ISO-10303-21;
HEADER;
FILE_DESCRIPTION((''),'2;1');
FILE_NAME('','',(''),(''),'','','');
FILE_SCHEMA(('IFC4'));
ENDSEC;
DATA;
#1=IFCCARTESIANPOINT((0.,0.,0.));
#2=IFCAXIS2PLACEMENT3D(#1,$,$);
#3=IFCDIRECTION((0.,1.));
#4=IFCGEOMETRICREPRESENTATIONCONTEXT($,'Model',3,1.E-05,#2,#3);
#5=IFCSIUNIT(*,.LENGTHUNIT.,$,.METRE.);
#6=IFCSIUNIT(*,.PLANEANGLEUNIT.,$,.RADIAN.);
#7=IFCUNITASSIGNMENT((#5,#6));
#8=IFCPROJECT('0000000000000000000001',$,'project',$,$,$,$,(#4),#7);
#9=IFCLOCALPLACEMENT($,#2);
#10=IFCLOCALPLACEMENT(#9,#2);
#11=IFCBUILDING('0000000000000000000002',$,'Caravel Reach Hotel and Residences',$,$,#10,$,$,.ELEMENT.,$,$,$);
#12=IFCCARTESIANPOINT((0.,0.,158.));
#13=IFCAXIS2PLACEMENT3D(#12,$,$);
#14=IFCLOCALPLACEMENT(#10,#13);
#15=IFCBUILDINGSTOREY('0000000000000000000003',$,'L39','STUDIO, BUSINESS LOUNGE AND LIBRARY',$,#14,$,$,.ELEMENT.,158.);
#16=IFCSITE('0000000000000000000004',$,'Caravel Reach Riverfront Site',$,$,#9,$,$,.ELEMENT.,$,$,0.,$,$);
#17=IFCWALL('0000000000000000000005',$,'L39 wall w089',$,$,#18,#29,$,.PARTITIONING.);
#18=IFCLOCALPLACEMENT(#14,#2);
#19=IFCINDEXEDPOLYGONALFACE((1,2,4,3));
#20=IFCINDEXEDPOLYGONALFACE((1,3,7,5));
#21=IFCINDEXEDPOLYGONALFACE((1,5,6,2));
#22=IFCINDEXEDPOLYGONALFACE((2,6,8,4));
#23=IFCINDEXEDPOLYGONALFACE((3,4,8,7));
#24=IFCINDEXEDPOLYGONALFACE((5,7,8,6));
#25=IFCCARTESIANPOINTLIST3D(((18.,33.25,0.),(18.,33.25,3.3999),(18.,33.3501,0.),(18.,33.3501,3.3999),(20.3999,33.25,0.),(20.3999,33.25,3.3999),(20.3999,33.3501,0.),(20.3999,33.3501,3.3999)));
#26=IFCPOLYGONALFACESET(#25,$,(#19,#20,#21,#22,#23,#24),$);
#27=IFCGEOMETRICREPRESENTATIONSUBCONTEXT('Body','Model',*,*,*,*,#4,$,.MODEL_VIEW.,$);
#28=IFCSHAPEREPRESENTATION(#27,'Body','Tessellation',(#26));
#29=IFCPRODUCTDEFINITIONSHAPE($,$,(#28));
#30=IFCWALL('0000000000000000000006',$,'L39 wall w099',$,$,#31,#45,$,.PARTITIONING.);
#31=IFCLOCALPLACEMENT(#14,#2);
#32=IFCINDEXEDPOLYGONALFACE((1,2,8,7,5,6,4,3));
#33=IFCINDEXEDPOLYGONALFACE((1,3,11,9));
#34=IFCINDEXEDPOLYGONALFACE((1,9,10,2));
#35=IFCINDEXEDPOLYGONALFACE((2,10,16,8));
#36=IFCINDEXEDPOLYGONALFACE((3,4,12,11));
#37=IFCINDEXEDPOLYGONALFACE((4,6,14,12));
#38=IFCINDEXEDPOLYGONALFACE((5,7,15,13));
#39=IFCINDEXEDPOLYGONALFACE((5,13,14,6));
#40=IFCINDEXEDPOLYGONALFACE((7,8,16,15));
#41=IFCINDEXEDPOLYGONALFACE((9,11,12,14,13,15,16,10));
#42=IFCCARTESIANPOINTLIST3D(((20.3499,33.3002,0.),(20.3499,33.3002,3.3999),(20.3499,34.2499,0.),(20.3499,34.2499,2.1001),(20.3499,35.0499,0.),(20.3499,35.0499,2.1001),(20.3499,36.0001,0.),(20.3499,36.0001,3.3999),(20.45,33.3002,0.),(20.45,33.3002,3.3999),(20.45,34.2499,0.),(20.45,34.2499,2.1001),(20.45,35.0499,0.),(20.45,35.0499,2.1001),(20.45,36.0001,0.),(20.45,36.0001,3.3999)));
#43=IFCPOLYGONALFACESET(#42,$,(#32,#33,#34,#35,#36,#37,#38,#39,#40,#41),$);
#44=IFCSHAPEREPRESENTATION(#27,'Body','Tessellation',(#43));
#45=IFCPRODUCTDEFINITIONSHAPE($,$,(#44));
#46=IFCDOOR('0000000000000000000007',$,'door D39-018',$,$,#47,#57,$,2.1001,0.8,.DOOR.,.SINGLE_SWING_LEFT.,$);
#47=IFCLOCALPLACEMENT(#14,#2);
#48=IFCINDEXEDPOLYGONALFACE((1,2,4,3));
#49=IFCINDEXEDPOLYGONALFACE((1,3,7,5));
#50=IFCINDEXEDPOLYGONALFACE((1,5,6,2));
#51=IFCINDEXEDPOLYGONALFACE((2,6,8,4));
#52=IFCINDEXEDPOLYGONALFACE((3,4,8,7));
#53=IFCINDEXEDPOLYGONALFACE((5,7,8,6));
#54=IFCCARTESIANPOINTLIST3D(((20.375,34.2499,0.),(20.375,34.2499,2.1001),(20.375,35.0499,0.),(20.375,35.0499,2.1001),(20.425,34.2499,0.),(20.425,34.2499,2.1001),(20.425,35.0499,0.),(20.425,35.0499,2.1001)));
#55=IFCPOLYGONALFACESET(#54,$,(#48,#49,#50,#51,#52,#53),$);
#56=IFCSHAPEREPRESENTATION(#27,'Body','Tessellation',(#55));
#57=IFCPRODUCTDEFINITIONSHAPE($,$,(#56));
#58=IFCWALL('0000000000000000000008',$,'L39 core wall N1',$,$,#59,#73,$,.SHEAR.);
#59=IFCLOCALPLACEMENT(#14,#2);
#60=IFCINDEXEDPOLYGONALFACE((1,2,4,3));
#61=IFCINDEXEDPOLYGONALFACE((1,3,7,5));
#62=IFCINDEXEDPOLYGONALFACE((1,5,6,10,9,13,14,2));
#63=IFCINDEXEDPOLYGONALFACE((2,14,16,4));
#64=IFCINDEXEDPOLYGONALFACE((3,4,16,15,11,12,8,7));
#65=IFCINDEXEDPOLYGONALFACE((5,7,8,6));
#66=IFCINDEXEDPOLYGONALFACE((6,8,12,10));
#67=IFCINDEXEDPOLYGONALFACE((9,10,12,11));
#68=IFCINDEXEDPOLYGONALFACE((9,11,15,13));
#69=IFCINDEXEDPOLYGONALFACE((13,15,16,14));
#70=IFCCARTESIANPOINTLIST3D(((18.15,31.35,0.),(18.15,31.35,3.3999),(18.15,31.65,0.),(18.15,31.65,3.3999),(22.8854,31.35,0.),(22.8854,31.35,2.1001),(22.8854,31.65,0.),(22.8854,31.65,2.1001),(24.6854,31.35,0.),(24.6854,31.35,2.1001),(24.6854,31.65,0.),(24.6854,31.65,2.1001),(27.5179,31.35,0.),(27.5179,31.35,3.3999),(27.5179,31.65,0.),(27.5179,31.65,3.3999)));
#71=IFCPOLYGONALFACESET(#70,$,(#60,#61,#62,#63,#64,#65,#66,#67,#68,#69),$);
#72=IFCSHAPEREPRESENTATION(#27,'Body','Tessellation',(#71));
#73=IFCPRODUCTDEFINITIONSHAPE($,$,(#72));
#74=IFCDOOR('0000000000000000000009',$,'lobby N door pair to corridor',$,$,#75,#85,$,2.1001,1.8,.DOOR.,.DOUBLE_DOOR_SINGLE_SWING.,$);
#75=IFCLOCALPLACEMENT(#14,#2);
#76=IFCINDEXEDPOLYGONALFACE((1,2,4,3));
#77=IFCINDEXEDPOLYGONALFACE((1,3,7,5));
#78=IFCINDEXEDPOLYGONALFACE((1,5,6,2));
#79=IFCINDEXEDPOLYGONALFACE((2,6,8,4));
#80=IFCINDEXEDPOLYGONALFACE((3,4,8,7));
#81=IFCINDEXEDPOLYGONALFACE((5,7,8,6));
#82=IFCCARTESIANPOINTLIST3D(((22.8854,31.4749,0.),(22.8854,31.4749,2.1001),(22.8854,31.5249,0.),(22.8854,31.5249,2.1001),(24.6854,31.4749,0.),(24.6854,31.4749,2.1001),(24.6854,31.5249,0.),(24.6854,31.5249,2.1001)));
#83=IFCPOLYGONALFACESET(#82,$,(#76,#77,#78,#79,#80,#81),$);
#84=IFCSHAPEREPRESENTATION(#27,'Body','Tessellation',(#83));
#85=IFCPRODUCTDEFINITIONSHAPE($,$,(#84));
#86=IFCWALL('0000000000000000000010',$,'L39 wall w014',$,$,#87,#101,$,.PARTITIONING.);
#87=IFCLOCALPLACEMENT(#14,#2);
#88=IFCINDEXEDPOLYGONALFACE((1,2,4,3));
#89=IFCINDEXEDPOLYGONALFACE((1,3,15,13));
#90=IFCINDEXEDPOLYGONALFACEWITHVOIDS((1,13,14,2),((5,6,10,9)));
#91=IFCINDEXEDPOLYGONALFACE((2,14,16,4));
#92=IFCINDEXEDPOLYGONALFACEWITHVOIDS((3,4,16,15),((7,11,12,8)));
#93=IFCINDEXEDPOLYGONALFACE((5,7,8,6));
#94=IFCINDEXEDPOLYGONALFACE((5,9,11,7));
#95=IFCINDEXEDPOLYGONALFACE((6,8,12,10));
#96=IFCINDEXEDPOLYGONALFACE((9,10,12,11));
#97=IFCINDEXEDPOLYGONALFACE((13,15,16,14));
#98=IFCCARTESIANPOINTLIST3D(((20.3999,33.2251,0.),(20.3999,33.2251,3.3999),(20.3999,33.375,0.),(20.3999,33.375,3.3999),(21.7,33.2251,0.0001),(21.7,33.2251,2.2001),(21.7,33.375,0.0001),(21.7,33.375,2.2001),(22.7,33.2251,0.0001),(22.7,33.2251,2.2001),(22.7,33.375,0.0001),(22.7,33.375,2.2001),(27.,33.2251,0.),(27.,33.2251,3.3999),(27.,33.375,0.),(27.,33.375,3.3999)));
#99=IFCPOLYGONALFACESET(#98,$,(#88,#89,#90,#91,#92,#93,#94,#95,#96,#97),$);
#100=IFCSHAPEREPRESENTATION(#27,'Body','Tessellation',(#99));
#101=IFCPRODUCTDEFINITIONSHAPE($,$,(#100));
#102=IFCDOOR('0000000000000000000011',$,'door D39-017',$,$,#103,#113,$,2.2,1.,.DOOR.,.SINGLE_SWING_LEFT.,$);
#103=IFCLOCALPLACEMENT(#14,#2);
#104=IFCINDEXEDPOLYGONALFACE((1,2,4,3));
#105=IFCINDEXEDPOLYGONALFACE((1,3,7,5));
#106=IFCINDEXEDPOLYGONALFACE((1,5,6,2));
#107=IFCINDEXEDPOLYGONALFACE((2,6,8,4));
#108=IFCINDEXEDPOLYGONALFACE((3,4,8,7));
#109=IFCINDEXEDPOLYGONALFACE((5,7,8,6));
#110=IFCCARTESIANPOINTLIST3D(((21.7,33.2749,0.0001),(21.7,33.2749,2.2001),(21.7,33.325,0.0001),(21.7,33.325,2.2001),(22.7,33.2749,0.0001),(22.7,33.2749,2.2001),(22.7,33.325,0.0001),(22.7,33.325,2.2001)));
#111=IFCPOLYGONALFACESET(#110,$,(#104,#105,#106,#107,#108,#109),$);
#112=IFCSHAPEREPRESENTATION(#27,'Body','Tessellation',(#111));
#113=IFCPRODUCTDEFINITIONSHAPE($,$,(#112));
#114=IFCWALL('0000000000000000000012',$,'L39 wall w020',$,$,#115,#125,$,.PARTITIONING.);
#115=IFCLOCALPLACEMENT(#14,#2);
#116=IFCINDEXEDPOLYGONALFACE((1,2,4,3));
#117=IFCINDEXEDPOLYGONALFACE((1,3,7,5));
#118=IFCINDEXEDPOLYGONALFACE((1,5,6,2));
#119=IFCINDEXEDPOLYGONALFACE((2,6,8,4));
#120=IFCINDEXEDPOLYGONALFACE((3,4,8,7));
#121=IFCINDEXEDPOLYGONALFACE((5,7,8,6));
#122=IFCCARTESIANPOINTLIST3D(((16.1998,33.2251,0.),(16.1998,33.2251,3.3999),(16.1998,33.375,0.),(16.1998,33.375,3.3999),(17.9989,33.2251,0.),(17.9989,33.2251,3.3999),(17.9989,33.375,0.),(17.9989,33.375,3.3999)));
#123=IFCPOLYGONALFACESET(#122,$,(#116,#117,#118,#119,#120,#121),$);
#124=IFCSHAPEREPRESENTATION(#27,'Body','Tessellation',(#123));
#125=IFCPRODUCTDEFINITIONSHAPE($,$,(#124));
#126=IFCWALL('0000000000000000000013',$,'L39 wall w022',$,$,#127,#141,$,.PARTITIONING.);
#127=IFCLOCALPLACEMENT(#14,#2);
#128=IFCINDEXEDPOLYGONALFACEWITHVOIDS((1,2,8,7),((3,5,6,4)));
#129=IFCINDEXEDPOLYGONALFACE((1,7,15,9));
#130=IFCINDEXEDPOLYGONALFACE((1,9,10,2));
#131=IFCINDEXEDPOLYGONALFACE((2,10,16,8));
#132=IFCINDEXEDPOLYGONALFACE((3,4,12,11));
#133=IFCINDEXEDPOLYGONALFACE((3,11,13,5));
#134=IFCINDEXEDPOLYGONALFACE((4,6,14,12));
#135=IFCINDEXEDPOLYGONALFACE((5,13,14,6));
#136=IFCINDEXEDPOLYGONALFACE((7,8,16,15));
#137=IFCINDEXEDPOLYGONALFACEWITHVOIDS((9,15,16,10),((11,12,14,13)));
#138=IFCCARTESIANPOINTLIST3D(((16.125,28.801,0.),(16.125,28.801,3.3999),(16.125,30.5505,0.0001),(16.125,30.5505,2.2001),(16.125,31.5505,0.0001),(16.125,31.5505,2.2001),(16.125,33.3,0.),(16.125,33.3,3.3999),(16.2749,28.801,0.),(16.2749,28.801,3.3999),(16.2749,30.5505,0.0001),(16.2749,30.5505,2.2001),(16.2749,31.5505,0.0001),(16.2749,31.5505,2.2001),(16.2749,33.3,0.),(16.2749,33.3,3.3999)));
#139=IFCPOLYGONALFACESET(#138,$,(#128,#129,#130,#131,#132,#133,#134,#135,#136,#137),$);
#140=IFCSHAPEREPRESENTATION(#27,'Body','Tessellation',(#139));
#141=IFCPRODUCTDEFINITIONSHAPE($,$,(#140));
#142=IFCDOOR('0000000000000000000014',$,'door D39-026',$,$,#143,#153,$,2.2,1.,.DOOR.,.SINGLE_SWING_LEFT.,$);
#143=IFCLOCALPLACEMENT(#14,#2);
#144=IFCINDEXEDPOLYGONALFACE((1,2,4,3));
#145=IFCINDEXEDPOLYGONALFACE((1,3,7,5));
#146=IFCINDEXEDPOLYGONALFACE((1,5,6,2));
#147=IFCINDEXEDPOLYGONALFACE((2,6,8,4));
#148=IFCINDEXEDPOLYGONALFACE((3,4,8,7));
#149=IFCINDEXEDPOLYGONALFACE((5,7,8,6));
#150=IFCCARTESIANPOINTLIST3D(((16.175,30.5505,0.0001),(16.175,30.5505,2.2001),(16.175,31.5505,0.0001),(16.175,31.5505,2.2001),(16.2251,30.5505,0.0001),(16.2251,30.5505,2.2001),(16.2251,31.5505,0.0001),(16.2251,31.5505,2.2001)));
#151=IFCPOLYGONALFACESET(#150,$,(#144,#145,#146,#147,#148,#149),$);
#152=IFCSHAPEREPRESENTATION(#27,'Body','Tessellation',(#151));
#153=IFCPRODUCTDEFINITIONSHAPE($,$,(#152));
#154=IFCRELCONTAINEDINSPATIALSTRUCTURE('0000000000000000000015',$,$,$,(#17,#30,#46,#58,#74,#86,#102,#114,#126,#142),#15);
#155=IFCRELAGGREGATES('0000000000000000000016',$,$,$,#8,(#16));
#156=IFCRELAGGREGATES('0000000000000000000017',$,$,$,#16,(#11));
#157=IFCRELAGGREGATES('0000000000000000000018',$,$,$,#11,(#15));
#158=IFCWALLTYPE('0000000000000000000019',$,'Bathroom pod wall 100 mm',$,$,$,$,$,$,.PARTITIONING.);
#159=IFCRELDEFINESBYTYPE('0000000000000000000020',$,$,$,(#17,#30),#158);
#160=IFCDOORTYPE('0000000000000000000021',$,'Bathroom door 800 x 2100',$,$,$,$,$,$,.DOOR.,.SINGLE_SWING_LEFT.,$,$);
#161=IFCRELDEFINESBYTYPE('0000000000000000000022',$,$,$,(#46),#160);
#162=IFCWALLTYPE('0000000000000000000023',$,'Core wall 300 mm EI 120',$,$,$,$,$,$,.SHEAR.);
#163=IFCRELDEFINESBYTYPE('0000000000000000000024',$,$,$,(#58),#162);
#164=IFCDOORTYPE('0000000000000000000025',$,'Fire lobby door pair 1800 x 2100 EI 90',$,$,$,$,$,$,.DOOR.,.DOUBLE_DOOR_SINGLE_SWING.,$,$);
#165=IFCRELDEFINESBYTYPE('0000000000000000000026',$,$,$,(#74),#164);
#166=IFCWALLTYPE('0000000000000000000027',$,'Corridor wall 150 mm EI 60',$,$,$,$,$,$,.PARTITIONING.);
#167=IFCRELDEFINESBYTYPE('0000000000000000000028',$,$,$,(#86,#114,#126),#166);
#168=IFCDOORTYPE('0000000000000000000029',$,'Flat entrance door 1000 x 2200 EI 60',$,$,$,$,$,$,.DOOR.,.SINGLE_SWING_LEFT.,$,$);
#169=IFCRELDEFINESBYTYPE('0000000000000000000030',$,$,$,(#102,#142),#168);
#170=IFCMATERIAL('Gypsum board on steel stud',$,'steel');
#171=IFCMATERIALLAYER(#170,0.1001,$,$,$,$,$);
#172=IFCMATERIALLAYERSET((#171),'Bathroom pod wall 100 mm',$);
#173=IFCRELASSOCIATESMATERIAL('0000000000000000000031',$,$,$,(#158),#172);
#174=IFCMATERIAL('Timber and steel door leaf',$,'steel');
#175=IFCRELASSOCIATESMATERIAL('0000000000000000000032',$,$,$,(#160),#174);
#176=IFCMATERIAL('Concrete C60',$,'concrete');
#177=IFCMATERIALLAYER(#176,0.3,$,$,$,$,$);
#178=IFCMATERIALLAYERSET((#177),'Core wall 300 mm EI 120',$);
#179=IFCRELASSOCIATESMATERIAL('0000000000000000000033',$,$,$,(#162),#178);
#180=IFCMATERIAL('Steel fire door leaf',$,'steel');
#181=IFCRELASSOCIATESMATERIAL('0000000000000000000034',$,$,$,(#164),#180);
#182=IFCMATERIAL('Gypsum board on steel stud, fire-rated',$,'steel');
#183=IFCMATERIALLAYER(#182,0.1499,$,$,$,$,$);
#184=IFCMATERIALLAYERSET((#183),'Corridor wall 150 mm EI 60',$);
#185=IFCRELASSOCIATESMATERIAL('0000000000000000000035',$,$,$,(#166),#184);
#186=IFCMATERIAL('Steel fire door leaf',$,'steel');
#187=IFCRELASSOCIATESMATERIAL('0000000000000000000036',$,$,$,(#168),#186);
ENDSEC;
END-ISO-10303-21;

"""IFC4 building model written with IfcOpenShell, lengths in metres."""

from ifc_helpers import new_model, si_unit, direction, frame, frame_2d, origin, place, context, subcontext, project, spatial, rectangle, extrude, material, layer, layer_set, type_object, element, fill, save


model = new_model("IFC4")

# Units and contexts
model_context = context("Model", 3, precision=1e-05, world=origin(), true_north=direction((0.0, 1.0)))
body_context = subcontext(model_context, "Body", "Model", "MODEL_VIEW")
ifc_project = project(units=[si_unit("LENGTHUNIT", "METRE"), si_unit("PLANEANGLEUNIT", "RADIAN")], contexts=[model_context])

# Site, building, storey
site_placement = place(None, origin())
site = spatial("IfcSite", under=ifc_project, at=site_placement, Name="Caravel Reach Riverfront Site", CompositionType="ELEMENT", RefElevation=0.0)
building_placement = place(site_placement, origin())
building = spatial("IfcBuilding", under=site, at=building_placement, Name="Caravel Reach Hotel and Residences", CompositionType="ELEMENT")
storey_placement = place(building_placement, frame((0.0, 0.0, 158.0)))
storey = spatial("IfcBuildingStorey", under=building, at=storey_placement, Name="L39", Description="STUDIO, BUSINESS LOUNGE AND LIBRARY", CompositionType="ELEMENT", Elevation=158.0)

# Wall
ifc_material_1 = material(Name="Gypsum board on steel stud", Category="steel")
ifc_layer_1 = layer(ifc_material_1, 0.1001)
ifc_layer_set_1 = layer_set([ifc_layer_1], Name="Bathroom pod wall 100 mm")
wall_type_1 = type_object("IfcWallType", Name="Bathroom pod wall 100 mm", PredefinedType="PARTITIONING", material=ifc_layer_set_1)
wall_1_placement = place(storey_placement, frame((18.0, 33.3, 0.0), z_axis=(0.0, 0.0, 1.0), x_axis=(1.0, 0.0, 0.0)))
element("IfcWall", 1, at=wall_1_placement, inside=storey, type_object=wall_type_1, Name="L39 wall w089", PredefinedType="PARTITIONING", context=body_context, shape_type="SweptSolid", body=[
    extrude(rectangle(XDim=2.3999, YDim=0.1001, at=frame_2d((1.2, 0.0))), origin(), (0.0, 0.0, 1.0), 3.3999),
])

# Walls, openings, doors
wall_2_placement = place(storey_placement, frame((20.3999, 33.3, 0.0), z_axis=(0.0, 0.0, 1.0), x_axis=(0.0, 1.0, 0.0)))
wall_2 = element("IfcWall", 2, at=wall_2_placement, inside=storey, type_object=wall_type_1, Name="L39 wall w099", PredefinedType="PARTITIONING", context=body_context, shape_type="SweptSolid", body=[
    extrude(rectangle(XDim=2.7, YDim=0.1001, at=frame_2d((1.3501, 0.0))), origin(), (0.0, 0.0, 1.0), 3.3999),
])
opening_1_placement = place(wall_2_placement, frame((0.95, 0.0, 0.0)))
opening_1 = element("IfcOpeningElement", 3, at=opening_1_placement, cuts=wall_2, PredefinedType="OPENING", context=body_context, shape_type="SweptSolid", body=[
    extrude(rectangle(XDim=0.8, YDim=2.1001, at=frame_2d((0.3999, 1.05))), frame((0.0, 0.0601, 0.0), z_axis=(0.0, -1.0, 0.0), x_axis=(1.0, 0.0, 0.0)), (0.0, 0.0, 1.0), 0.1201),
])
ifc_material_2 = material(Name="Timber and steel door leaf", Category="steel")
door_type_1 = type_object("IfcDoorType", Name="Bathroom door 800 x 2100", OperationType="SINGLE_SWING_LEFT", PredefinedType="DOOR", material=ifc_material_2)
door_1_placement = place(opening_1_placement, origin())
door_1 = element("IfcDoor", 4, at=door_1_placement, inside=storey, type_object=door_type_1, Name="door D39-018", OperationType="SINGLE_SWING_LEFT", OverallHeight=2.1001, OverallWidth=0.8, PredefinedType="DOOR", context=body_context, shape_type="SweptSolid", body=[
    extrude(rectangle(XDim=0.8, YDim=2.1001, at=frame_2d((0.3999, 1.05))), frame((0.0, 0.0249, 0.0), z_axis=(0.0, -1.0, 0.0), x_axis=(1.0, 0.0, 0.0)), (0.0, 0.0, 1.0), 0.05),
])
fill(opening_1, door_1)
ifc_material_3 = material(Name="Concrete C60", Category="concrete")
ifc_layer_2 = layer(ifc_material_3, 0.3)
ifc_layer_set_2 = layer_set([ifc_layer_2], Name="Core wall 300 mm EI 120")
wall_type_2 = type_object("IfcWallType", Name="Core wall 300 mm EI 120", PredefinedType="SHEAR", material=ifc_layer_set_2)
wall_3_placement = place(storey_placement, frame((18.1499, 31.5, 0.0), z_axis=(0.0, 0.0, 1.0), x_axis=(1.0, 0.0, 0.0)))
wall_3 = element("IfcWall", 5, at=wall_3_placement, inside=storey, type_object=wall_type_2, Name="L39 core wall N1", PredefinedType="SHEAR", context=body_context, shape_type="SweptSolid", body=[
    extrude(rectangle(XDim=9.3679, YDim=0.3, at=frame_2d((4.6841, 0.0))), origin(), (0.0, 0.0, 1.0), 3.3999),
])
opening_2_placement = place(wall_3_placement, frame((4.7356, 0.0, 0.0)))
opening_2 = element("IfcOpeningElement", 6, at=opening_2_placement, cuts=wall_3, PredefinedType="OPENING", context=body_context, shape_type="SweptSolid", body=[
    extrude(rectangle(XDim=1.8, YDim=2.1001, at=frame_2d((0.8999, 1.05))), frame((0.0, 0.1599, 0.0), z_axis=(0.0, -1.0, 0.0), x_axis=(1.0, 0.0, 0.0)), (0.0, 0.0, 1.0), 0.3201),
])
ifc_material_4 = material(Name="Steel fire door leaf", Category="steel")
door_type_2 = type_object("IfcDoorType", Name="Fire lobby door pair 1800 x 2100 EI 90", OperationType="DOUBLE_DOOR_SINGLE_SWING", PredefinedType="DOOR", material=ifc_material_4)
door_2_placement = place(opening_2_placement, origin())
door_2 = element("IfcDoor", 7, at=door_2_placement, inside=storey, type_object=door_type_2, Name="lobby N door pair to corridor", OperationType="DOUBLE_DOOR_SINGLE_SWING", OverallHeight=2.1001, OverallWidth=1.8, PredefinedType="DOOR", context=body_context, shape_type="SweptSolid", body=[
    extrude(rectangle(XDim=1.8, YDim=2.1001, at=frame_2d((0.8999, 1.05))), frame((0.0, 0.0249, 0.0), z_axis=(0.0, -1.0, 0.0), x_axis=(1.0, 0.0, 0.0)), (0.0, 0.0, 1.0), 0.05),
])
fill(opening_2, door_2)
ifc_material_5 = material(Name="Gypsum board on steel stud, fire-rated", Category="steel")
ifc_layer_3 = layer(ifc_material_5, 0.1499)
ifc_layer_set_3 = layer_set([ifc_layer_3], Name="Corridor wall 150 mm EI 60")
wall_type_3 = type_object("IfcWallType", Name="Corridor wall 150 mm EI 60", PredefinedType="PARTITIONING", material=ifc_layer_set_3)
wall_4_placement = place(storey_placement, frame((20.3999, 33.3, 0.0), z_axis=(0.0, 0.0, 1.0), x_axis=(1.0, 0.0, 0.0)))
wall_4 = element("IfcWall", 8, at=wall_4_placement, inside=storey, type_object=wall_type_3, Name="L39 wall w014", PredefinedType="PARTITIONING", context=body_context, shape_type="SweptSolid", body=[
    extrude(rectangle(XDim=6.6001, YDim=0.1499, at=frame_2d((3.3, 0.0))), origin(), (0.0, 0.0, 1.0), 3.3999),
])
opening_3_placement = place(wall_4_placement, frame((1.3, 0.0, 0.0)))
opening_3 = element("IfcOpeningElement", 9, at=opening_3_placement, cuts=wall_4, PredefinedType="OPENING", context=body_context, shape_type="SweptSolid", body=[
    extrude(rectangle(XDim=1.0, YDim=2.2, at=frame_2d((0.5, 1.1001))), frame((0.0, 0.085, 0.0), z_axis=(0.0, -1.0, 0.0), x_axis=(1.0, 0.0, 0.0)), (0.0, 0.0, 1.0), 0.1699),
])
ifc_material_6 = material(Name="Steel fire door leaf", Category="steel")
door_type_3 = type_object("IfcDoorType", Name="Flat entrance door 1000 x 2200 EI 60", OperationType="SINGLE_SWING_LEFT", PredefinedType="DOOR", material=ifc_material_6)
door_3_placement = place(opening_3_placement, origin())
door_3 = element("IfcDoor", 10, at=door_3_placement, inside=storey, type_object=door_type_3, Name="door D39-017", OperationType="SINGLE_SWING_LEFT", OverallHeight=2.2, OverallWidth=1.0, PredefinedType="DOOR", context=body_context, shape_type="SweptSolid", body=[
    extrude(rectangle(XDim=1.0, YDim=2.2, at=frame_2d((0.5, 1.1001))), frame((0.0, 0.0249, 0.0), z_axis=(0.0, -1.0, 0.0), x_axis=(1.0, 0.0, 0.0)), (0.0, 0.0, 1.0), 0.05),
])
fill(opening_3, door_3)

# Wall
wall_5_placement = place(storey_placement, frame((16.2, 33.3, 0.0), z_axis=(0.0, 0.0, 1.0), x_axis=(1.0, 0.0, 0.0)))
element("IfcWall", 11, at=wall_5_placement, inside=storey, type_object=wall_type_3, Name="L39 wall w020", PredefinedType="PARTITIONING", context=body_context, shape_type="SweptSolid", body=[
    extrude(rectangle(XDim=1.7991, YDim=0.1499, at=frame_2d((0.8994, 0.0))), origin(), (0.0, 0.0, 1.0), 3.3999),
])

# Wall, opening, door
wall_6_placement = place(storey_placement, frame((16.2, 28.801, 0.0), z_axis=(0.0, 0.0, 1.0), x_axis=(0.0, 1.0, 0.0)))
wall_6 = element("IfcWall", 12, at=wall_6_placement, inside=storey, type_object=wall_type_3, Name="L39 wall w022", PredefinedType="PARTITIONING", context=body_context, shape_type="SweptSolid", body=[
    extrude(rectangle(XDim=4.499, YDim=0.1499, at=frame_2d((2.2495, 0.0))), origin(), (0.0, 0.0, 1.0), 3.3999),
])
opening_4_placement = place(wall_6_placement, frame((1.7495, 0.0, 0.0)))
opening_4 = element("IfcOpeningElement", 13, at=opening_4_placement, cuts=wall_6, PredefinedType="OPENING", context=body_context, shape_type="SweptSolid", body=[
    extrude(rectangle(XDim=1.0, YDim=2.2, at=frame_2d((0.5, 1.1001))), frame((0.0, 0.085, 0.0), z_axis=(0.0, -1.0, 0.0), x_axis=(1.0, 0.0, 0.0)), (0.0, 0.0, 1.0), 0.1699),
])
door_4_placement = place(opening_4_placement, origin())
door_4 = element("IfcDoor", 14, at=door_4_placement, inside=storey, type_object=door_type_3, Name="door D39-026", OperationType="SINGLE_SWING_LEFT", OverallHeight=2.2, OverallWidth=1.0, PredefinedType="DOOR", context=body_context, shape_type="SweptSolid", body=[
    extrude(rectangle(XDim=1.0, YDim=2.2, at=frame_2d((0.5, 1.1001))), frame((0.0, 0.0249, 0.0), z_axis=(0.0, -1.0, 0.0), x_axis=(1.0, 0.0, 0.0)), (0.0, 0.0, 1.0), 0.05),
])
fill(opening_4, door_4)

save(model, "model.ifc")
